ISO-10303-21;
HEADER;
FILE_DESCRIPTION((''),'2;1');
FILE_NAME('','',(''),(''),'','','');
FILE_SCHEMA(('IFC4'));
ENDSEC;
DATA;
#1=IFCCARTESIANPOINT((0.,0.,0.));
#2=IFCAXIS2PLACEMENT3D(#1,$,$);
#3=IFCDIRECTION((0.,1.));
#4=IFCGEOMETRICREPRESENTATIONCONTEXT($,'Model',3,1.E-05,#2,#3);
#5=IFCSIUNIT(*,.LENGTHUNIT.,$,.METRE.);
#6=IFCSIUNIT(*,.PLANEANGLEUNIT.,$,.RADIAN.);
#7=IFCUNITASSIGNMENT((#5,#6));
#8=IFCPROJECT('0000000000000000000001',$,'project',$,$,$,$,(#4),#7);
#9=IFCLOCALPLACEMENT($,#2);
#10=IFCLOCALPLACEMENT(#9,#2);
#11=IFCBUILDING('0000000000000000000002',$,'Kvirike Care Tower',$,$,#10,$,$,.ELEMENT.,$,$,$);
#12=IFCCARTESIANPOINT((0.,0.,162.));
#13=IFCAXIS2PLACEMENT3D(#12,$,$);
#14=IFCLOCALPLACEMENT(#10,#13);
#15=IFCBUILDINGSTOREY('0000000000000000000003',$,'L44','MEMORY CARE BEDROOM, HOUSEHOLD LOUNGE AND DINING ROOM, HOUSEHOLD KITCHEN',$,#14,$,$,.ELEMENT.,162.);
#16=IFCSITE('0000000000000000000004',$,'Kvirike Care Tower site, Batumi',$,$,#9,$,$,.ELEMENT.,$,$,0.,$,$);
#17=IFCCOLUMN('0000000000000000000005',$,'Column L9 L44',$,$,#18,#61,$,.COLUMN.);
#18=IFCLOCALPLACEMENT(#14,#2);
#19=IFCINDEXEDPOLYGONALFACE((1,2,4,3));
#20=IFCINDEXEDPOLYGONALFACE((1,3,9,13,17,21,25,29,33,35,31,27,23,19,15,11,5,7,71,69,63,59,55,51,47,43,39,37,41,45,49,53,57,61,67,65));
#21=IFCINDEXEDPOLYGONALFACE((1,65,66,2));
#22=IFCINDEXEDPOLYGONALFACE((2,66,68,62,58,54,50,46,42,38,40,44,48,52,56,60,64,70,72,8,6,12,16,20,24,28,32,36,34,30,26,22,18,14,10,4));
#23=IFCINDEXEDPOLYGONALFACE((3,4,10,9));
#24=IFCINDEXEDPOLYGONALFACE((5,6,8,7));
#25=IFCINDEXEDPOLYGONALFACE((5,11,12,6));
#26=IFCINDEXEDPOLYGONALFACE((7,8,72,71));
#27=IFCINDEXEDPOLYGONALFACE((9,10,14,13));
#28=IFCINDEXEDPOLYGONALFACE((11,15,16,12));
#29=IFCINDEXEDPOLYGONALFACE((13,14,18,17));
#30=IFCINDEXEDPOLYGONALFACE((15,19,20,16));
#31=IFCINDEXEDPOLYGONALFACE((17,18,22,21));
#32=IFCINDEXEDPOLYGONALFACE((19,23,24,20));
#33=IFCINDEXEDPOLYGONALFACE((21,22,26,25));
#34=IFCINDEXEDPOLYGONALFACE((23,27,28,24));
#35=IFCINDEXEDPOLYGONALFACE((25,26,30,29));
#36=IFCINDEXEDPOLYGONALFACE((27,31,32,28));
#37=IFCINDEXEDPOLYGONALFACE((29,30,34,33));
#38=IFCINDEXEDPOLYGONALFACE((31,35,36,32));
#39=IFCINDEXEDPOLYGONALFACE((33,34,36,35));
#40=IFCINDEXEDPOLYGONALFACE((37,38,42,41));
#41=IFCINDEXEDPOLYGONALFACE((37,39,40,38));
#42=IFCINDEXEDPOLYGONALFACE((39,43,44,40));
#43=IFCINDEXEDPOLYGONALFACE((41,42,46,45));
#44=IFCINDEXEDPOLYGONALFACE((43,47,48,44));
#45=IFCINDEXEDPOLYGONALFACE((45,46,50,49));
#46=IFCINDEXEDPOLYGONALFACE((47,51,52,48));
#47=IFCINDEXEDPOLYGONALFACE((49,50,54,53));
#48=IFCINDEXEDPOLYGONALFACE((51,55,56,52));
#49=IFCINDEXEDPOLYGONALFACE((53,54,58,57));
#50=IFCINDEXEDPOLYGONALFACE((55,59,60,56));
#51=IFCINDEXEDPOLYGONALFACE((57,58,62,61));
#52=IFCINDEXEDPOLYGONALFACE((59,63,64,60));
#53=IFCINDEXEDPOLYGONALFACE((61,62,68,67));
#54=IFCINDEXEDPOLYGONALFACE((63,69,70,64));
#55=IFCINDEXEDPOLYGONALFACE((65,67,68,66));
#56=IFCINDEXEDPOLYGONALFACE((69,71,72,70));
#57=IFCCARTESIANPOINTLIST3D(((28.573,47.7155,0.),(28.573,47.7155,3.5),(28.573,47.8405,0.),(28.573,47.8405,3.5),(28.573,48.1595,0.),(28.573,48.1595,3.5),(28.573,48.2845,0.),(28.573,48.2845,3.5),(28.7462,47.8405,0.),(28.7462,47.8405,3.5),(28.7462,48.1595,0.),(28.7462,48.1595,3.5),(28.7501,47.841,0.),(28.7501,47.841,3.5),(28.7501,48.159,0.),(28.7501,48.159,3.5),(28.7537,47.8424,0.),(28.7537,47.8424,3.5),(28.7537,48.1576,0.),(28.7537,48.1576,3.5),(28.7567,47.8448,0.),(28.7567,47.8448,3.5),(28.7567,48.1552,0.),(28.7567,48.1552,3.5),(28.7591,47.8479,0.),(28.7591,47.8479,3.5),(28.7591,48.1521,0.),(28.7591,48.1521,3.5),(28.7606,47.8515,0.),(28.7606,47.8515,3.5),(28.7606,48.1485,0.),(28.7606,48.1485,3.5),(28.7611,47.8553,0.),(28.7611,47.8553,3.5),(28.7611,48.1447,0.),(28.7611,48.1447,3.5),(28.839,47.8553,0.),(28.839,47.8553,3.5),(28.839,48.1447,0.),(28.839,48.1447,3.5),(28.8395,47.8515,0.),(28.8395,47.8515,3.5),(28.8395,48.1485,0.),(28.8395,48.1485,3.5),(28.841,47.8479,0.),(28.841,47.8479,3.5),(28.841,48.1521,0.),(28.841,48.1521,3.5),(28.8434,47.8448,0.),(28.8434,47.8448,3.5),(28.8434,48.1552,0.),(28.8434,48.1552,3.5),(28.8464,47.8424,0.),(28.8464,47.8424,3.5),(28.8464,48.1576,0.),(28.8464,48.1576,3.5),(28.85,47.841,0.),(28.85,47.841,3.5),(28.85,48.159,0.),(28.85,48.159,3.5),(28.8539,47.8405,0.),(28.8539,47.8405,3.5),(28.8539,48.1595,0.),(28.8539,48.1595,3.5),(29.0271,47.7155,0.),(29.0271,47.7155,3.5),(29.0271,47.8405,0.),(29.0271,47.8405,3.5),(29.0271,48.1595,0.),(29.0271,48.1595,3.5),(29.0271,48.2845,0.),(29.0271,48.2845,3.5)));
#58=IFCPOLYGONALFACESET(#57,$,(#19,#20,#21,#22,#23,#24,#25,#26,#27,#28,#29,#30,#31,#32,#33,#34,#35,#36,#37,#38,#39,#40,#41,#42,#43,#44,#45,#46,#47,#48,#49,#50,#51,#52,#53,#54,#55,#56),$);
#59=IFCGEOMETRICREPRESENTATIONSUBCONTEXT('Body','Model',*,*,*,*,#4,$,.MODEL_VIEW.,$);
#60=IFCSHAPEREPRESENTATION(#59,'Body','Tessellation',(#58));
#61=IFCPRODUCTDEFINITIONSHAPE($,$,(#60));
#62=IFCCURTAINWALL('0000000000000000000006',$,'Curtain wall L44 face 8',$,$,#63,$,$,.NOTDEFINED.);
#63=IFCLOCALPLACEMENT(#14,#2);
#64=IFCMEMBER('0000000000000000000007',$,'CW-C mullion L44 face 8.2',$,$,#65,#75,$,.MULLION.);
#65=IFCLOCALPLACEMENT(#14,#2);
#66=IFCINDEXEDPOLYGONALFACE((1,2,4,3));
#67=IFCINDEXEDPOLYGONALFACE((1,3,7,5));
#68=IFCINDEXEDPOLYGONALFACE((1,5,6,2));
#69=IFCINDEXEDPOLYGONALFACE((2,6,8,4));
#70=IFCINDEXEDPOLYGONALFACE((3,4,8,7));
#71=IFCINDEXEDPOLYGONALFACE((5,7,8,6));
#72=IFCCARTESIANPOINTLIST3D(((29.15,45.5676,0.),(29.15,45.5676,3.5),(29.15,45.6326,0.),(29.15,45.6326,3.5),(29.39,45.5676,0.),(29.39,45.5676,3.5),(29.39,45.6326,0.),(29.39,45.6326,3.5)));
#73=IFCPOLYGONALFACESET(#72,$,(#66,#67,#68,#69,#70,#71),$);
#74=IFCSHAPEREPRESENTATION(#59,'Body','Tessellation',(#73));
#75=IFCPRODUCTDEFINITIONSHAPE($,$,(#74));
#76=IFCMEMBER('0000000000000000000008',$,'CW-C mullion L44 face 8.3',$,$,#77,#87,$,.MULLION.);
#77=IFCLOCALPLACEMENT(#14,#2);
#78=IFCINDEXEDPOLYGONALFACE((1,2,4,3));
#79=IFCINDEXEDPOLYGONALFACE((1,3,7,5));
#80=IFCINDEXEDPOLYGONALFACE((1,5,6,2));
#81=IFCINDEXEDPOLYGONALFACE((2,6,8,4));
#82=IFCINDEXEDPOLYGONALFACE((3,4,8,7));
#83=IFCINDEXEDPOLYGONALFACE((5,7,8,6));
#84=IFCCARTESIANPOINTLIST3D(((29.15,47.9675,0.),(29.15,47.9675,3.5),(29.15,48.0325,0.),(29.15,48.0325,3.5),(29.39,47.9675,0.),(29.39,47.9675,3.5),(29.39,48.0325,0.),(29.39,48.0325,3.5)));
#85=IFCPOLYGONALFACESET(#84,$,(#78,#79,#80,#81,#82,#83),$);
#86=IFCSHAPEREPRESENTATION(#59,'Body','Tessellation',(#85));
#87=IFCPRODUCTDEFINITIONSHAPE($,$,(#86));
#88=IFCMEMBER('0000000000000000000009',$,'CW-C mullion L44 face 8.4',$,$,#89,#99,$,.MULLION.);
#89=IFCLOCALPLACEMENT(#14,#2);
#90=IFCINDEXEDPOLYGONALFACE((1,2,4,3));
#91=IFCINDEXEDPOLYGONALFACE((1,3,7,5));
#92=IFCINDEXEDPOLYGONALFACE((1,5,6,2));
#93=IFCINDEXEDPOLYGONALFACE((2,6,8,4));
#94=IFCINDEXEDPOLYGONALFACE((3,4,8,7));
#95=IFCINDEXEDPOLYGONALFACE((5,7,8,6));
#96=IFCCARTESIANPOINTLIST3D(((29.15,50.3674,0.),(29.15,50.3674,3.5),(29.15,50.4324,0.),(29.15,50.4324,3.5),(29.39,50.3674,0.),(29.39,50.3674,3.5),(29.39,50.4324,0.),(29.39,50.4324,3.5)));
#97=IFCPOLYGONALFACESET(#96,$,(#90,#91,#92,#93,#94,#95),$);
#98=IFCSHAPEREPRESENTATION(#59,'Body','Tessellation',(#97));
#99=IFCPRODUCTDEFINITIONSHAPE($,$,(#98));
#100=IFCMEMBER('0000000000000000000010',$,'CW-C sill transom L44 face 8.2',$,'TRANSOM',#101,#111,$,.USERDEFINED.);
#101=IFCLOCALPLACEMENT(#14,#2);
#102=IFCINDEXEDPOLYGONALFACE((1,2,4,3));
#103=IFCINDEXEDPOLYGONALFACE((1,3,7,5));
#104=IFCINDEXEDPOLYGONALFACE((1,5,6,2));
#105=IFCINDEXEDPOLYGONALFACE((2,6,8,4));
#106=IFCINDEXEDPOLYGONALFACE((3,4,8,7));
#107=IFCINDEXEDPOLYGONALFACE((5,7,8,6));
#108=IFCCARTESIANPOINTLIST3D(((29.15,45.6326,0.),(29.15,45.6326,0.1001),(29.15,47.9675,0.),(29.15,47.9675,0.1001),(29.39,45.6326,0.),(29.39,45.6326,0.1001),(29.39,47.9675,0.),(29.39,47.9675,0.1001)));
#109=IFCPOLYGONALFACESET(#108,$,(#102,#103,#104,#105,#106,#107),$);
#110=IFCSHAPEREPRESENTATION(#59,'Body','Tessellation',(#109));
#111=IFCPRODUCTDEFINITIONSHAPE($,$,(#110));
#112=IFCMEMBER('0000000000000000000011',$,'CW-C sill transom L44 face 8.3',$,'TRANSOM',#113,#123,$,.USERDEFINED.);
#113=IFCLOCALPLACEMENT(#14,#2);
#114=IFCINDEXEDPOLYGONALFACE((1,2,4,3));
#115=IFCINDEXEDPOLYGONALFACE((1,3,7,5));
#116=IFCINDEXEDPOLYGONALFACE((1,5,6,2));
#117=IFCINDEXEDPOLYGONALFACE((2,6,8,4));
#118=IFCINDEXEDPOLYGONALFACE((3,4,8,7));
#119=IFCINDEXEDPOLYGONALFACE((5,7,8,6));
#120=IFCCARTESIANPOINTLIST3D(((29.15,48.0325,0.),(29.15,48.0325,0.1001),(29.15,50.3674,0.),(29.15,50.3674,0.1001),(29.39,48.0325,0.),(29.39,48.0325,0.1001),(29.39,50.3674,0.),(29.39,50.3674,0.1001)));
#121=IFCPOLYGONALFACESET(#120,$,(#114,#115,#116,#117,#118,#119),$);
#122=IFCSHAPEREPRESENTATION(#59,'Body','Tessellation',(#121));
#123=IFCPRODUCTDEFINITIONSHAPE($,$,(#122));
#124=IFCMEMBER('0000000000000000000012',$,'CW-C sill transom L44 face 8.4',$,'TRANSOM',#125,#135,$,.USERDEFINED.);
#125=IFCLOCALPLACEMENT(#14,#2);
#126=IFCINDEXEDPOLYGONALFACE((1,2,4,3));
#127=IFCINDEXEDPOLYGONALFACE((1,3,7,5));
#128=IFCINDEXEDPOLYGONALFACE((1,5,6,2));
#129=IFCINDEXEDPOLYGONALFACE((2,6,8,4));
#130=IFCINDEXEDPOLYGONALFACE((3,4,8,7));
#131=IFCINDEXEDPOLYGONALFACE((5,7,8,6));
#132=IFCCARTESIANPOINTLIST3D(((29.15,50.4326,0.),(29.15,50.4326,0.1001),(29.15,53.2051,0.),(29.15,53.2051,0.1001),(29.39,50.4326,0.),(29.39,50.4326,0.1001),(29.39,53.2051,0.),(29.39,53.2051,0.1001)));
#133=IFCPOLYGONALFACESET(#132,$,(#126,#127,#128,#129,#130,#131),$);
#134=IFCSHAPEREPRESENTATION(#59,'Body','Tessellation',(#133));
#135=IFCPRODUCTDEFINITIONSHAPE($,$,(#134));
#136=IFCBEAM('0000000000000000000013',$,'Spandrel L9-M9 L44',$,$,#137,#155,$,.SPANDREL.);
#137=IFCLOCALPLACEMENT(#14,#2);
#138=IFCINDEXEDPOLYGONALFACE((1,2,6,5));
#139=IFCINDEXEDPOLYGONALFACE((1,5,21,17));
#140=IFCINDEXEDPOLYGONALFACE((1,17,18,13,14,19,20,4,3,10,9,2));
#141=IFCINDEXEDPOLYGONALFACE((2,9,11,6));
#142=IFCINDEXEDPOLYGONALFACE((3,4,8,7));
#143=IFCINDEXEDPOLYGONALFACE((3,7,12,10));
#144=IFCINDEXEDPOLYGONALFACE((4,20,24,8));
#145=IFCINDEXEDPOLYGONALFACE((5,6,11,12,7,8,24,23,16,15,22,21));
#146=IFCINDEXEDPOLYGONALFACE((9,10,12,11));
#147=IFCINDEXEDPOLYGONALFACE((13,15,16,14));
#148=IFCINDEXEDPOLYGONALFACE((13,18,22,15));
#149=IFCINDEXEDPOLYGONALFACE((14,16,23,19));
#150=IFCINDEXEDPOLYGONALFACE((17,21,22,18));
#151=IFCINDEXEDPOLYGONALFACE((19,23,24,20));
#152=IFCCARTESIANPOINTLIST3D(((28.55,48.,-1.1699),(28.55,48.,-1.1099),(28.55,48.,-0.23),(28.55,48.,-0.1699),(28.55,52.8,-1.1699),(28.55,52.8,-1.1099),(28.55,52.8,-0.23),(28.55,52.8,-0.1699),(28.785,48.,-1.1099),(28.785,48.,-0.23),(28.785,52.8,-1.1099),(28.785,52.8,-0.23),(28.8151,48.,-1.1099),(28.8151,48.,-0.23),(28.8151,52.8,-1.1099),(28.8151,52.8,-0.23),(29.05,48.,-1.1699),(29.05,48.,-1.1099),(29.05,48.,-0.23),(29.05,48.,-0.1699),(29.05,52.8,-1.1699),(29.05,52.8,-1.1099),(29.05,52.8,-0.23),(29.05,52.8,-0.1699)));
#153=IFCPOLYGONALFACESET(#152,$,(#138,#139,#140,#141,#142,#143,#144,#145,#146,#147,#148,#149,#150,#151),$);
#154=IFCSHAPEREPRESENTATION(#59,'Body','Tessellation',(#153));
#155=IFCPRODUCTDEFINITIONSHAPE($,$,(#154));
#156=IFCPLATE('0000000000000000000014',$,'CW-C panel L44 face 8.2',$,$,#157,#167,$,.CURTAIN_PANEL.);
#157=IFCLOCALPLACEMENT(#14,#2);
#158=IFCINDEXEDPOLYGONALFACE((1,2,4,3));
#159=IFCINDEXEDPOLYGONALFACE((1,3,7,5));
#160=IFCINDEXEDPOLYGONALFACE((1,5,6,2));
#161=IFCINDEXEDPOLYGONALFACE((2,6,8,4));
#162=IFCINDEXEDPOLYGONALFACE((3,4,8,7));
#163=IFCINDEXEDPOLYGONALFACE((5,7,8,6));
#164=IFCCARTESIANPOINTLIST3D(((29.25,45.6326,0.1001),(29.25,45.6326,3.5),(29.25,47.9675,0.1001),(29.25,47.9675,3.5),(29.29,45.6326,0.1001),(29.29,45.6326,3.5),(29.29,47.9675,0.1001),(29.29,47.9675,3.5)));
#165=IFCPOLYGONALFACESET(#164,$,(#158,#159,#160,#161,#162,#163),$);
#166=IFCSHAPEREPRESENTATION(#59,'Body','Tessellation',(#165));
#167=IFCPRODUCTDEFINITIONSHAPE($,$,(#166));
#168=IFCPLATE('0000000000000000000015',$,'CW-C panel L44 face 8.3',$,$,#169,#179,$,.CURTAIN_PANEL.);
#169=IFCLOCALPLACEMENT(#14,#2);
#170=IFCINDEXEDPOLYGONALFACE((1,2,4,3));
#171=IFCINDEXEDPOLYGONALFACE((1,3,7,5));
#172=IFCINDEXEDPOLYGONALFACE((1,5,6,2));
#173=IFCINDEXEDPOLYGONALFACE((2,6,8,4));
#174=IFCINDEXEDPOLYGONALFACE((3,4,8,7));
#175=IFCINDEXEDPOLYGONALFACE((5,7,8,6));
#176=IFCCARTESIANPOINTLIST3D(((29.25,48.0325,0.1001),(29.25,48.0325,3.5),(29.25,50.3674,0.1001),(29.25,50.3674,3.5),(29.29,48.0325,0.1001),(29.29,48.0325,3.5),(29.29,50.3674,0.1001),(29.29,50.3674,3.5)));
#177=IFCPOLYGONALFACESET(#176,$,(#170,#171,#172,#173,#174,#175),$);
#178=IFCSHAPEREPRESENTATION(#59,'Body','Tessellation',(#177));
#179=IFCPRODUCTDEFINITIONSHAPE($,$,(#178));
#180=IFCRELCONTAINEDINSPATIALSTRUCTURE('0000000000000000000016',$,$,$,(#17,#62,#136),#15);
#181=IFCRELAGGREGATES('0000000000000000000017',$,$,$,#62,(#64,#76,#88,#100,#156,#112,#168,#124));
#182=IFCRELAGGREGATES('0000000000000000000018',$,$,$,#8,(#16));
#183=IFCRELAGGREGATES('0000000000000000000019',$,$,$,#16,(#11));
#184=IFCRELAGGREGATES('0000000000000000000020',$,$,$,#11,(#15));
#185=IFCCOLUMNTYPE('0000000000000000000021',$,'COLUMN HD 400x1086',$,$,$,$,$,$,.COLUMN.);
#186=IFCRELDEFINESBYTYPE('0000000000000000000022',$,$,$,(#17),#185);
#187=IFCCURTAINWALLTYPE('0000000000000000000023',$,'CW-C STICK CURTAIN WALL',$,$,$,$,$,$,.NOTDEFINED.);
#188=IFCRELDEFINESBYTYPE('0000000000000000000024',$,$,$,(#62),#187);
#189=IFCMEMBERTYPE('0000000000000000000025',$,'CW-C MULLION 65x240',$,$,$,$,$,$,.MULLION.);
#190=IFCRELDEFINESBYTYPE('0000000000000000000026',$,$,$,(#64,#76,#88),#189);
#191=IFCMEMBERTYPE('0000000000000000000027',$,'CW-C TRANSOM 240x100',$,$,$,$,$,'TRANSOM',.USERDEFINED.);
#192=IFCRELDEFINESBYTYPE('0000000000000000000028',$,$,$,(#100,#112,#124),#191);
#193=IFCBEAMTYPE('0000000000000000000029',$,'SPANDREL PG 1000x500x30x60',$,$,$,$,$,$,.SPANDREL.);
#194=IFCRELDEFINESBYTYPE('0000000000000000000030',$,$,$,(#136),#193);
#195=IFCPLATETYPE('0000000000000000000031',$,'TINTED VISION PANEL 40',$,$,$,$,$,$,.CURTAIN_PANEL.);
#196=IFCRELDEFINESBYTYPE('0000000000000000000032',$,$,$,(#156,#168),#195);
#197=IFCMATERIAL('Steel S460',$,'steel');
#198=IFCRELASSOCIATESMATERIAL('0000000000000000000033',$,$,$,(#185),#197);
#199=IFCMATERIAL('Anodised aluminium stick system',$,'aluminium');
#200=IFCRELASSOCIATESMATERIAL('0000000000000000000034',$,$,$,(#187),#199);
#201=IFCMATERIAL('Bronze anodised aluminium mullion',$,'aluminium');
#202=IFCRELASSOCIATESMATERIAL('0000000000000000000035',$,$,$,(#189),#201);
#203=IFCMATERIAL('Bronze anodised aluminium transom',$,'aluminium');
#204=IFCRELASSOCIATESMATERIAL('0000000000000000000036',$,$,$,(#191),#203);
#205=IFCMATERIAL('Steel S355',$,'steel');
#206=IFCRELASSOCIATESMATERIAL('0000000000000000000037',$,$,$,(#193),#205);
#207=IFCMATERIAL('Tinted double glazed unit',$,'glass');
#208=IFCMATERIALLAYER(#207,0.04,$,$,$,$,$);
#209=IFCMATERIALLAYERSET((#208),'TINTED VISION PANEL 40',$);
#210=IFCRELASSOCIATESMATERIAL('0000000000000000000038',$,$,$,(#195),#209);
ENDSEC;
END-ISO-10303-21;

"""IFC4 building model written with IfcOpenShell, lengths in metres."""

from ifc_helpers import new_model, si_unit, direction, frame, origin, origin_2d, place, context, subcontext, project, spatial, rectangle, i_section, extrude, material, layer, layer_set, material_profile, profile_set, type_object, element, aggregate, save


model = new_model("IFC4")

# Units and contexts
model_context = context("Model", 3, precision=1e-05, world=origin(), true_north=direction((0.0, 1.0)))
body_context = subcontext(model_context, "Body", "Model", "MODEL_VIEW")
ifc_project = project(units=[si_unit("LENGTHUNIT", "METRE"), si_unit("PLANEANGLEUNIT", "RADIAN")], contexts=[model_context])

# Site, building, storey
site_placement = place(None, origin())
site = spatial("IfcSite", under=ifc_project, at=site_placement, Name="Kvirike Care Tower site, Batumi", CompositionType="ELEMENT", RefElevation=0.0)
building_placement = place(site_placement, origin())
building = spatial("IfcBuilding", under=site, at=building_placement, Name="Kvirike Care Tower", CompositionType="ELEMENT")
storey_placement = place(building_placement, frame((0.0, 0.0, 162.0)))
storey = spatial("IfcBuildingStorey", under=building, at=storey_placement, Name="L44", Description="MEMORY CARE BEDROOM, HOUSEHOLD LOUNGE AND DINING ROOM, HOUSEHOLD KITCHEN", CompositionType="ELEMENT", Elevation=162.0)

# Column
ifc_material_1 = material(Name="Steel S460", Category="steel")
ifc_material_profile_1 = material_profile(ifc_material_1, i_section(OverallWidth=0.4541, OverallDepth=0.5691, WebThickness=0.0779, FlangeThickness=0.125, FilletRadius=0.0149, at=origin_2d()), Name="HD 400x1086")
ifc_profile_set_1 = profile_set([ifc_material_profile_1], Name="Steel S460")
column_type = type_object("IfcColumnType", Name="COLUMN HD 400x1086", PredefinedType="COLUMN", material=ifc_profile_set_1)
column_placement = place(storey_placement, frame((28.8, 48.0, 0.0), z_axis=(0.0, 0.0, 1.0), x_axis=(1.0, 0.0, 0.0)))
element("IfcColumn", 1, at=column_placement, inside=storey, type_object=column_type, Name="Column L9 L44", PredefinedType="COLUMN", context=body_context, shape_type="SweptSolid", body=[
    extrude(i_section(OverallWidth=0.4541, OverallDepth=0.5691, WebThickness=0.0779, FlangeThickness=0.125, FilletRadius=0.0149, at=origin_2d()), origin(), (0.0, 0.0, 1.0), 3.5),
])

# Curtain wall, members
ifc_material_2 = material(Name="Anodised aluminium stick system", Category="aluminium")
curtain_wall_type = type_object("IfcCurtainWallType", Name="CW-C STICK CURTAIN WALL", PredefinedType="NOTDEFINED", material=ifc_material_2)
curtain_wall_placement = place(storey_placement, origin())
curtain_wall = element("IfcCurtainWall", 2, at=curtain_wall_placement, inside=storey, type_object=curtain_wall_type, Name="Curtain wall L44 face 8", PredefinedType="NOTDEFINED")
ifc_material_3 = material(Name="Bronze anodised aluminium mullion", Category="aluminium")
ifc_material_profile_2 = material_profile(ifc_material_3, rectangle(XDim=0.0649, YDim=0.24, at=origin_2d()), Name="CW-C MULLION 65x240")
ifc_profile_set_2 = profile_set([ifc_material_profile_2], Name="Bronze anodised aluminium mullion")
member_type_1 = type_object("IfcMemberType", Name="CW-C MULLION 65x240", PredefinedType="MULLION", material=ifc_profile_set_2)
member_1_placement = place(storey_placement, frame((29.27, 45.6001, 0.0), z_axis=(0.0, 0.0, 1.0), x_axis=(0.0, 1.0, 0.0)))
member_1 = element("IfcMember", 3, at=member_1_placement, type_object=member_type_1, Name="CW-C mullion L44 face 8.2", PredefinedType="MULLION", context=body_context, shape_type="SweptSolid", body=[
    extrude(rectangle(XDim=0.0649, YDim=0.24, at=origin_2d()), origin(), (0.0, 0.0, 1.0), 3.5),
])
member_2_placement = place(storey_placement, frame((29.27, 48.0, 0.0), z_axis=(0.0, 0.0, 1.0), x_axis=(0.0, 1.0, 0.0)))
member_2 = element("IfcMember", 4, at=member_2_placement, type_object=member_type_1, Name="CW-C mullion L44 face 8.3", PredefinedType="MULLION", context=body_context, shape_type="SweptSolid", body=[
    extrude(rectangle(XDim=0.0649, YDim=0.24, at=origin_2d()), origin(), (0.0, 0.0, 1.0), 3.5),
])
member_3_placement = place(storey_placement, frame((29.27, 50.3999, 0.0), z_axis=(0.0, 0.0, 1.0), x_axis=(0.0, 1.0, 0.0)))
member_3 = element("IfcMember", 5, at=member_3_placement, type_object=member_type_1, Name="CW-C mullion L44 face 8.4", PredefinedType="MULLION", context=body_context, shape_type="SweptSolid", body=[
    extrude(rectangle(XDim=0.0649, YDim=0.24, at=origin_2d()), origin(), (0.0, 0.0, 1.0), 3.5),
])
ifc_material_4 = material(Name="Bronze anodised aluminium transom", Category="aluminium")
ifc_material_profile_3 = material_profile(ifc_material_4, rectangle(XDim=0.24, YDim=0.1001, at=origin_2d()), Name="CW-C TRANSOM 240x100")
ifc_profile_set_3 = profile_set([ifc_material_profile_3], Name="Bronze anodised aluminium transom")
member_type_2 = type_object("IfcMemberType", Name="CW-C TRANSOM 240x100", ElementType="TRANSOM", PredefinedType="USERDEFINED", material=ifc_profile_set_3)
member_4_placement = place(storey_placement, frame((29.27, 45.6326, 0.05), z_axis=(0.0, 1.0, 0.0), x_axis=(-1.0, 0.0, 0.0)))
member_4 = element("IfcMember", 6, at=member_4_placement, type_object=member_type_2, Name="CW-C sill transom L44 face 8.2", ObjectType="TRANSOM", PredefinedType="USERDEFINED", context=body_context, shape_type="SweptSolid", body=[
    extrude(rectangle(XDim=0.24, YDim=0.1001, at=origin_2d()), origin(), (0.0, 0.0, 1.0), 2.335),
])
member_5_placement = place(storey_placement, frame((29.27, 48.0325, 0.05), z_axis=(0.0, 1.0, 0.0), x_axis=(-1.0, 0.0, 0.0)))
member_5 = element("IfcMember", 7, at=member_5_placement, type_object=member_type_2, Name="CW-C sill transom L44 face 8.3", ObjectType="TRANSOM", PredefinedType="USERDEFINED", context=body_context, shape_type="SweptSolid", body=[
    extrude(rectangle(XDim=0.24, YDim=0.1001, at=origin_2d()), origin(), (0.0, 0.0, 1.0), 2.335),
])
member_6_placement = place(storey_placement, frame((29.27, 50.4326, 0.05), z_axis=(0.0, 1.0, 0.0), x_axis=(-1.0, 0.0, 0.0)))
member_6 = element("IfcMember", 8, at=member_6_placement, type_object=member_type_2, Name="CW-C sill transom L44 face 8.4", ObjectType="TRANSOM", PredefinedType="USERDEFINED", context=body_context, shape_type="SweptSolid", body=[
    extrude(rectangle(XDim=0.24, YDim=0.1001, at=origin_2d()), origin(), (0.0, 0.0, 1.0), 2.7725),
])

# Beam
ifc_material_5 = material(Name="Steel S355", Category="steel")
ifc_material_profile_4 = material_profile(ifc_material_5, i_section(OverallWidth=0.5, OverallDepth=1.0, WebThickness=0.03, FlangeThickness=0.0601, at=origin_2d()), Name="PG 1000x500x30x60")
ifc_profile_set_4 = profile_set([ifc_material_profile_4], Name="Steel S355")
beam_type = type_object("IfcBeamType", Name="SPANDREL PG 1000x500x30x60", PredefinedType="SPANDREL", material=ifc_profile_set_4)
beam_placement = place(storey_placement, frame((28.8, 48.0, -0.6699), z_axis=(0.0, 1.0, 0.0), x_axis=(-1.0, 0.0, 0.0)))
element("IfcBeam", 9, at=beam_placement, inside=storey, type_object=beam_type, Name="Spandrel L9-M9 L44", PredefinedType="SPANDREL", context=body_context, shape_type="SweptSolid", body=[
    extrude(i_section(OverallWidth=0.5, OverallDepth=1.0, WebThickness=0.03, FlangeThickness=0.0601, at=origin_2d()), origin(), (0.0, 0.0, 1.0), 4.8),
])

# Plates
ifc_material_6 = material(Name="Tinted double glazed unit", Category="glass")
ifc_layer_1 = layer(ifc_material_6, 0.04)
ifc_layer_set_1 = layer_set([ifc_layer_1], Name="TINTED VISION PANEL 40")
plate_type = type_object("IfcPlateType", Name="TINTED VISION PANEL 40", PredefinedType="CURTAIN_PANEL", material=ifc_layer_set_1)
plate_1_placement = place(storey_placement, frame((29.27, 46.8, 0.1001), z_axis=(0.0, 0.0, 1.0), x_axis=(0.0, 1.0, 0.0)))
plate_1 = element("IfcPlate", 10, at=plate_1_placement, type_object=plate_type, Name="CW-C panel L44 face 8.2", PredefinedType="CURTAIN_PANEL", context=body_context, shape_type="SweptSolid", body=[
    extrude(rectangle(XDim=2.335, YDim=0.04, at=origin_2d()), origin(), (0.0, 0.0, 1.0), 3.3999),
])
plate_2_placement = place(storey_placement, frame((29.27, 49.2, 0.1001), z_axis=(0.0, 0.0, 1.0), x_axis=(0.0, 1.0, 0.0)))
plate_2 = element("IfcPlate", 11, at=plate_2_placement, type_object=plate_type, Name="CW-C panel L44 face 8.3", PredefinedType="CURTAIN_PANEL", context=body_context, shape_type="SweptSolid", body=[
    extrude(rectangle(XDim=2.335, YDim=0.04, at=origin_2d()), origin(), (0.0, 0.0, 1.0), 3.3999),
])
aggregate(curtain_wall, [member_1, member_2, member_3, member_4, plate_1, member_5, plate_2, member_6])

save(model, "model.ifc")
